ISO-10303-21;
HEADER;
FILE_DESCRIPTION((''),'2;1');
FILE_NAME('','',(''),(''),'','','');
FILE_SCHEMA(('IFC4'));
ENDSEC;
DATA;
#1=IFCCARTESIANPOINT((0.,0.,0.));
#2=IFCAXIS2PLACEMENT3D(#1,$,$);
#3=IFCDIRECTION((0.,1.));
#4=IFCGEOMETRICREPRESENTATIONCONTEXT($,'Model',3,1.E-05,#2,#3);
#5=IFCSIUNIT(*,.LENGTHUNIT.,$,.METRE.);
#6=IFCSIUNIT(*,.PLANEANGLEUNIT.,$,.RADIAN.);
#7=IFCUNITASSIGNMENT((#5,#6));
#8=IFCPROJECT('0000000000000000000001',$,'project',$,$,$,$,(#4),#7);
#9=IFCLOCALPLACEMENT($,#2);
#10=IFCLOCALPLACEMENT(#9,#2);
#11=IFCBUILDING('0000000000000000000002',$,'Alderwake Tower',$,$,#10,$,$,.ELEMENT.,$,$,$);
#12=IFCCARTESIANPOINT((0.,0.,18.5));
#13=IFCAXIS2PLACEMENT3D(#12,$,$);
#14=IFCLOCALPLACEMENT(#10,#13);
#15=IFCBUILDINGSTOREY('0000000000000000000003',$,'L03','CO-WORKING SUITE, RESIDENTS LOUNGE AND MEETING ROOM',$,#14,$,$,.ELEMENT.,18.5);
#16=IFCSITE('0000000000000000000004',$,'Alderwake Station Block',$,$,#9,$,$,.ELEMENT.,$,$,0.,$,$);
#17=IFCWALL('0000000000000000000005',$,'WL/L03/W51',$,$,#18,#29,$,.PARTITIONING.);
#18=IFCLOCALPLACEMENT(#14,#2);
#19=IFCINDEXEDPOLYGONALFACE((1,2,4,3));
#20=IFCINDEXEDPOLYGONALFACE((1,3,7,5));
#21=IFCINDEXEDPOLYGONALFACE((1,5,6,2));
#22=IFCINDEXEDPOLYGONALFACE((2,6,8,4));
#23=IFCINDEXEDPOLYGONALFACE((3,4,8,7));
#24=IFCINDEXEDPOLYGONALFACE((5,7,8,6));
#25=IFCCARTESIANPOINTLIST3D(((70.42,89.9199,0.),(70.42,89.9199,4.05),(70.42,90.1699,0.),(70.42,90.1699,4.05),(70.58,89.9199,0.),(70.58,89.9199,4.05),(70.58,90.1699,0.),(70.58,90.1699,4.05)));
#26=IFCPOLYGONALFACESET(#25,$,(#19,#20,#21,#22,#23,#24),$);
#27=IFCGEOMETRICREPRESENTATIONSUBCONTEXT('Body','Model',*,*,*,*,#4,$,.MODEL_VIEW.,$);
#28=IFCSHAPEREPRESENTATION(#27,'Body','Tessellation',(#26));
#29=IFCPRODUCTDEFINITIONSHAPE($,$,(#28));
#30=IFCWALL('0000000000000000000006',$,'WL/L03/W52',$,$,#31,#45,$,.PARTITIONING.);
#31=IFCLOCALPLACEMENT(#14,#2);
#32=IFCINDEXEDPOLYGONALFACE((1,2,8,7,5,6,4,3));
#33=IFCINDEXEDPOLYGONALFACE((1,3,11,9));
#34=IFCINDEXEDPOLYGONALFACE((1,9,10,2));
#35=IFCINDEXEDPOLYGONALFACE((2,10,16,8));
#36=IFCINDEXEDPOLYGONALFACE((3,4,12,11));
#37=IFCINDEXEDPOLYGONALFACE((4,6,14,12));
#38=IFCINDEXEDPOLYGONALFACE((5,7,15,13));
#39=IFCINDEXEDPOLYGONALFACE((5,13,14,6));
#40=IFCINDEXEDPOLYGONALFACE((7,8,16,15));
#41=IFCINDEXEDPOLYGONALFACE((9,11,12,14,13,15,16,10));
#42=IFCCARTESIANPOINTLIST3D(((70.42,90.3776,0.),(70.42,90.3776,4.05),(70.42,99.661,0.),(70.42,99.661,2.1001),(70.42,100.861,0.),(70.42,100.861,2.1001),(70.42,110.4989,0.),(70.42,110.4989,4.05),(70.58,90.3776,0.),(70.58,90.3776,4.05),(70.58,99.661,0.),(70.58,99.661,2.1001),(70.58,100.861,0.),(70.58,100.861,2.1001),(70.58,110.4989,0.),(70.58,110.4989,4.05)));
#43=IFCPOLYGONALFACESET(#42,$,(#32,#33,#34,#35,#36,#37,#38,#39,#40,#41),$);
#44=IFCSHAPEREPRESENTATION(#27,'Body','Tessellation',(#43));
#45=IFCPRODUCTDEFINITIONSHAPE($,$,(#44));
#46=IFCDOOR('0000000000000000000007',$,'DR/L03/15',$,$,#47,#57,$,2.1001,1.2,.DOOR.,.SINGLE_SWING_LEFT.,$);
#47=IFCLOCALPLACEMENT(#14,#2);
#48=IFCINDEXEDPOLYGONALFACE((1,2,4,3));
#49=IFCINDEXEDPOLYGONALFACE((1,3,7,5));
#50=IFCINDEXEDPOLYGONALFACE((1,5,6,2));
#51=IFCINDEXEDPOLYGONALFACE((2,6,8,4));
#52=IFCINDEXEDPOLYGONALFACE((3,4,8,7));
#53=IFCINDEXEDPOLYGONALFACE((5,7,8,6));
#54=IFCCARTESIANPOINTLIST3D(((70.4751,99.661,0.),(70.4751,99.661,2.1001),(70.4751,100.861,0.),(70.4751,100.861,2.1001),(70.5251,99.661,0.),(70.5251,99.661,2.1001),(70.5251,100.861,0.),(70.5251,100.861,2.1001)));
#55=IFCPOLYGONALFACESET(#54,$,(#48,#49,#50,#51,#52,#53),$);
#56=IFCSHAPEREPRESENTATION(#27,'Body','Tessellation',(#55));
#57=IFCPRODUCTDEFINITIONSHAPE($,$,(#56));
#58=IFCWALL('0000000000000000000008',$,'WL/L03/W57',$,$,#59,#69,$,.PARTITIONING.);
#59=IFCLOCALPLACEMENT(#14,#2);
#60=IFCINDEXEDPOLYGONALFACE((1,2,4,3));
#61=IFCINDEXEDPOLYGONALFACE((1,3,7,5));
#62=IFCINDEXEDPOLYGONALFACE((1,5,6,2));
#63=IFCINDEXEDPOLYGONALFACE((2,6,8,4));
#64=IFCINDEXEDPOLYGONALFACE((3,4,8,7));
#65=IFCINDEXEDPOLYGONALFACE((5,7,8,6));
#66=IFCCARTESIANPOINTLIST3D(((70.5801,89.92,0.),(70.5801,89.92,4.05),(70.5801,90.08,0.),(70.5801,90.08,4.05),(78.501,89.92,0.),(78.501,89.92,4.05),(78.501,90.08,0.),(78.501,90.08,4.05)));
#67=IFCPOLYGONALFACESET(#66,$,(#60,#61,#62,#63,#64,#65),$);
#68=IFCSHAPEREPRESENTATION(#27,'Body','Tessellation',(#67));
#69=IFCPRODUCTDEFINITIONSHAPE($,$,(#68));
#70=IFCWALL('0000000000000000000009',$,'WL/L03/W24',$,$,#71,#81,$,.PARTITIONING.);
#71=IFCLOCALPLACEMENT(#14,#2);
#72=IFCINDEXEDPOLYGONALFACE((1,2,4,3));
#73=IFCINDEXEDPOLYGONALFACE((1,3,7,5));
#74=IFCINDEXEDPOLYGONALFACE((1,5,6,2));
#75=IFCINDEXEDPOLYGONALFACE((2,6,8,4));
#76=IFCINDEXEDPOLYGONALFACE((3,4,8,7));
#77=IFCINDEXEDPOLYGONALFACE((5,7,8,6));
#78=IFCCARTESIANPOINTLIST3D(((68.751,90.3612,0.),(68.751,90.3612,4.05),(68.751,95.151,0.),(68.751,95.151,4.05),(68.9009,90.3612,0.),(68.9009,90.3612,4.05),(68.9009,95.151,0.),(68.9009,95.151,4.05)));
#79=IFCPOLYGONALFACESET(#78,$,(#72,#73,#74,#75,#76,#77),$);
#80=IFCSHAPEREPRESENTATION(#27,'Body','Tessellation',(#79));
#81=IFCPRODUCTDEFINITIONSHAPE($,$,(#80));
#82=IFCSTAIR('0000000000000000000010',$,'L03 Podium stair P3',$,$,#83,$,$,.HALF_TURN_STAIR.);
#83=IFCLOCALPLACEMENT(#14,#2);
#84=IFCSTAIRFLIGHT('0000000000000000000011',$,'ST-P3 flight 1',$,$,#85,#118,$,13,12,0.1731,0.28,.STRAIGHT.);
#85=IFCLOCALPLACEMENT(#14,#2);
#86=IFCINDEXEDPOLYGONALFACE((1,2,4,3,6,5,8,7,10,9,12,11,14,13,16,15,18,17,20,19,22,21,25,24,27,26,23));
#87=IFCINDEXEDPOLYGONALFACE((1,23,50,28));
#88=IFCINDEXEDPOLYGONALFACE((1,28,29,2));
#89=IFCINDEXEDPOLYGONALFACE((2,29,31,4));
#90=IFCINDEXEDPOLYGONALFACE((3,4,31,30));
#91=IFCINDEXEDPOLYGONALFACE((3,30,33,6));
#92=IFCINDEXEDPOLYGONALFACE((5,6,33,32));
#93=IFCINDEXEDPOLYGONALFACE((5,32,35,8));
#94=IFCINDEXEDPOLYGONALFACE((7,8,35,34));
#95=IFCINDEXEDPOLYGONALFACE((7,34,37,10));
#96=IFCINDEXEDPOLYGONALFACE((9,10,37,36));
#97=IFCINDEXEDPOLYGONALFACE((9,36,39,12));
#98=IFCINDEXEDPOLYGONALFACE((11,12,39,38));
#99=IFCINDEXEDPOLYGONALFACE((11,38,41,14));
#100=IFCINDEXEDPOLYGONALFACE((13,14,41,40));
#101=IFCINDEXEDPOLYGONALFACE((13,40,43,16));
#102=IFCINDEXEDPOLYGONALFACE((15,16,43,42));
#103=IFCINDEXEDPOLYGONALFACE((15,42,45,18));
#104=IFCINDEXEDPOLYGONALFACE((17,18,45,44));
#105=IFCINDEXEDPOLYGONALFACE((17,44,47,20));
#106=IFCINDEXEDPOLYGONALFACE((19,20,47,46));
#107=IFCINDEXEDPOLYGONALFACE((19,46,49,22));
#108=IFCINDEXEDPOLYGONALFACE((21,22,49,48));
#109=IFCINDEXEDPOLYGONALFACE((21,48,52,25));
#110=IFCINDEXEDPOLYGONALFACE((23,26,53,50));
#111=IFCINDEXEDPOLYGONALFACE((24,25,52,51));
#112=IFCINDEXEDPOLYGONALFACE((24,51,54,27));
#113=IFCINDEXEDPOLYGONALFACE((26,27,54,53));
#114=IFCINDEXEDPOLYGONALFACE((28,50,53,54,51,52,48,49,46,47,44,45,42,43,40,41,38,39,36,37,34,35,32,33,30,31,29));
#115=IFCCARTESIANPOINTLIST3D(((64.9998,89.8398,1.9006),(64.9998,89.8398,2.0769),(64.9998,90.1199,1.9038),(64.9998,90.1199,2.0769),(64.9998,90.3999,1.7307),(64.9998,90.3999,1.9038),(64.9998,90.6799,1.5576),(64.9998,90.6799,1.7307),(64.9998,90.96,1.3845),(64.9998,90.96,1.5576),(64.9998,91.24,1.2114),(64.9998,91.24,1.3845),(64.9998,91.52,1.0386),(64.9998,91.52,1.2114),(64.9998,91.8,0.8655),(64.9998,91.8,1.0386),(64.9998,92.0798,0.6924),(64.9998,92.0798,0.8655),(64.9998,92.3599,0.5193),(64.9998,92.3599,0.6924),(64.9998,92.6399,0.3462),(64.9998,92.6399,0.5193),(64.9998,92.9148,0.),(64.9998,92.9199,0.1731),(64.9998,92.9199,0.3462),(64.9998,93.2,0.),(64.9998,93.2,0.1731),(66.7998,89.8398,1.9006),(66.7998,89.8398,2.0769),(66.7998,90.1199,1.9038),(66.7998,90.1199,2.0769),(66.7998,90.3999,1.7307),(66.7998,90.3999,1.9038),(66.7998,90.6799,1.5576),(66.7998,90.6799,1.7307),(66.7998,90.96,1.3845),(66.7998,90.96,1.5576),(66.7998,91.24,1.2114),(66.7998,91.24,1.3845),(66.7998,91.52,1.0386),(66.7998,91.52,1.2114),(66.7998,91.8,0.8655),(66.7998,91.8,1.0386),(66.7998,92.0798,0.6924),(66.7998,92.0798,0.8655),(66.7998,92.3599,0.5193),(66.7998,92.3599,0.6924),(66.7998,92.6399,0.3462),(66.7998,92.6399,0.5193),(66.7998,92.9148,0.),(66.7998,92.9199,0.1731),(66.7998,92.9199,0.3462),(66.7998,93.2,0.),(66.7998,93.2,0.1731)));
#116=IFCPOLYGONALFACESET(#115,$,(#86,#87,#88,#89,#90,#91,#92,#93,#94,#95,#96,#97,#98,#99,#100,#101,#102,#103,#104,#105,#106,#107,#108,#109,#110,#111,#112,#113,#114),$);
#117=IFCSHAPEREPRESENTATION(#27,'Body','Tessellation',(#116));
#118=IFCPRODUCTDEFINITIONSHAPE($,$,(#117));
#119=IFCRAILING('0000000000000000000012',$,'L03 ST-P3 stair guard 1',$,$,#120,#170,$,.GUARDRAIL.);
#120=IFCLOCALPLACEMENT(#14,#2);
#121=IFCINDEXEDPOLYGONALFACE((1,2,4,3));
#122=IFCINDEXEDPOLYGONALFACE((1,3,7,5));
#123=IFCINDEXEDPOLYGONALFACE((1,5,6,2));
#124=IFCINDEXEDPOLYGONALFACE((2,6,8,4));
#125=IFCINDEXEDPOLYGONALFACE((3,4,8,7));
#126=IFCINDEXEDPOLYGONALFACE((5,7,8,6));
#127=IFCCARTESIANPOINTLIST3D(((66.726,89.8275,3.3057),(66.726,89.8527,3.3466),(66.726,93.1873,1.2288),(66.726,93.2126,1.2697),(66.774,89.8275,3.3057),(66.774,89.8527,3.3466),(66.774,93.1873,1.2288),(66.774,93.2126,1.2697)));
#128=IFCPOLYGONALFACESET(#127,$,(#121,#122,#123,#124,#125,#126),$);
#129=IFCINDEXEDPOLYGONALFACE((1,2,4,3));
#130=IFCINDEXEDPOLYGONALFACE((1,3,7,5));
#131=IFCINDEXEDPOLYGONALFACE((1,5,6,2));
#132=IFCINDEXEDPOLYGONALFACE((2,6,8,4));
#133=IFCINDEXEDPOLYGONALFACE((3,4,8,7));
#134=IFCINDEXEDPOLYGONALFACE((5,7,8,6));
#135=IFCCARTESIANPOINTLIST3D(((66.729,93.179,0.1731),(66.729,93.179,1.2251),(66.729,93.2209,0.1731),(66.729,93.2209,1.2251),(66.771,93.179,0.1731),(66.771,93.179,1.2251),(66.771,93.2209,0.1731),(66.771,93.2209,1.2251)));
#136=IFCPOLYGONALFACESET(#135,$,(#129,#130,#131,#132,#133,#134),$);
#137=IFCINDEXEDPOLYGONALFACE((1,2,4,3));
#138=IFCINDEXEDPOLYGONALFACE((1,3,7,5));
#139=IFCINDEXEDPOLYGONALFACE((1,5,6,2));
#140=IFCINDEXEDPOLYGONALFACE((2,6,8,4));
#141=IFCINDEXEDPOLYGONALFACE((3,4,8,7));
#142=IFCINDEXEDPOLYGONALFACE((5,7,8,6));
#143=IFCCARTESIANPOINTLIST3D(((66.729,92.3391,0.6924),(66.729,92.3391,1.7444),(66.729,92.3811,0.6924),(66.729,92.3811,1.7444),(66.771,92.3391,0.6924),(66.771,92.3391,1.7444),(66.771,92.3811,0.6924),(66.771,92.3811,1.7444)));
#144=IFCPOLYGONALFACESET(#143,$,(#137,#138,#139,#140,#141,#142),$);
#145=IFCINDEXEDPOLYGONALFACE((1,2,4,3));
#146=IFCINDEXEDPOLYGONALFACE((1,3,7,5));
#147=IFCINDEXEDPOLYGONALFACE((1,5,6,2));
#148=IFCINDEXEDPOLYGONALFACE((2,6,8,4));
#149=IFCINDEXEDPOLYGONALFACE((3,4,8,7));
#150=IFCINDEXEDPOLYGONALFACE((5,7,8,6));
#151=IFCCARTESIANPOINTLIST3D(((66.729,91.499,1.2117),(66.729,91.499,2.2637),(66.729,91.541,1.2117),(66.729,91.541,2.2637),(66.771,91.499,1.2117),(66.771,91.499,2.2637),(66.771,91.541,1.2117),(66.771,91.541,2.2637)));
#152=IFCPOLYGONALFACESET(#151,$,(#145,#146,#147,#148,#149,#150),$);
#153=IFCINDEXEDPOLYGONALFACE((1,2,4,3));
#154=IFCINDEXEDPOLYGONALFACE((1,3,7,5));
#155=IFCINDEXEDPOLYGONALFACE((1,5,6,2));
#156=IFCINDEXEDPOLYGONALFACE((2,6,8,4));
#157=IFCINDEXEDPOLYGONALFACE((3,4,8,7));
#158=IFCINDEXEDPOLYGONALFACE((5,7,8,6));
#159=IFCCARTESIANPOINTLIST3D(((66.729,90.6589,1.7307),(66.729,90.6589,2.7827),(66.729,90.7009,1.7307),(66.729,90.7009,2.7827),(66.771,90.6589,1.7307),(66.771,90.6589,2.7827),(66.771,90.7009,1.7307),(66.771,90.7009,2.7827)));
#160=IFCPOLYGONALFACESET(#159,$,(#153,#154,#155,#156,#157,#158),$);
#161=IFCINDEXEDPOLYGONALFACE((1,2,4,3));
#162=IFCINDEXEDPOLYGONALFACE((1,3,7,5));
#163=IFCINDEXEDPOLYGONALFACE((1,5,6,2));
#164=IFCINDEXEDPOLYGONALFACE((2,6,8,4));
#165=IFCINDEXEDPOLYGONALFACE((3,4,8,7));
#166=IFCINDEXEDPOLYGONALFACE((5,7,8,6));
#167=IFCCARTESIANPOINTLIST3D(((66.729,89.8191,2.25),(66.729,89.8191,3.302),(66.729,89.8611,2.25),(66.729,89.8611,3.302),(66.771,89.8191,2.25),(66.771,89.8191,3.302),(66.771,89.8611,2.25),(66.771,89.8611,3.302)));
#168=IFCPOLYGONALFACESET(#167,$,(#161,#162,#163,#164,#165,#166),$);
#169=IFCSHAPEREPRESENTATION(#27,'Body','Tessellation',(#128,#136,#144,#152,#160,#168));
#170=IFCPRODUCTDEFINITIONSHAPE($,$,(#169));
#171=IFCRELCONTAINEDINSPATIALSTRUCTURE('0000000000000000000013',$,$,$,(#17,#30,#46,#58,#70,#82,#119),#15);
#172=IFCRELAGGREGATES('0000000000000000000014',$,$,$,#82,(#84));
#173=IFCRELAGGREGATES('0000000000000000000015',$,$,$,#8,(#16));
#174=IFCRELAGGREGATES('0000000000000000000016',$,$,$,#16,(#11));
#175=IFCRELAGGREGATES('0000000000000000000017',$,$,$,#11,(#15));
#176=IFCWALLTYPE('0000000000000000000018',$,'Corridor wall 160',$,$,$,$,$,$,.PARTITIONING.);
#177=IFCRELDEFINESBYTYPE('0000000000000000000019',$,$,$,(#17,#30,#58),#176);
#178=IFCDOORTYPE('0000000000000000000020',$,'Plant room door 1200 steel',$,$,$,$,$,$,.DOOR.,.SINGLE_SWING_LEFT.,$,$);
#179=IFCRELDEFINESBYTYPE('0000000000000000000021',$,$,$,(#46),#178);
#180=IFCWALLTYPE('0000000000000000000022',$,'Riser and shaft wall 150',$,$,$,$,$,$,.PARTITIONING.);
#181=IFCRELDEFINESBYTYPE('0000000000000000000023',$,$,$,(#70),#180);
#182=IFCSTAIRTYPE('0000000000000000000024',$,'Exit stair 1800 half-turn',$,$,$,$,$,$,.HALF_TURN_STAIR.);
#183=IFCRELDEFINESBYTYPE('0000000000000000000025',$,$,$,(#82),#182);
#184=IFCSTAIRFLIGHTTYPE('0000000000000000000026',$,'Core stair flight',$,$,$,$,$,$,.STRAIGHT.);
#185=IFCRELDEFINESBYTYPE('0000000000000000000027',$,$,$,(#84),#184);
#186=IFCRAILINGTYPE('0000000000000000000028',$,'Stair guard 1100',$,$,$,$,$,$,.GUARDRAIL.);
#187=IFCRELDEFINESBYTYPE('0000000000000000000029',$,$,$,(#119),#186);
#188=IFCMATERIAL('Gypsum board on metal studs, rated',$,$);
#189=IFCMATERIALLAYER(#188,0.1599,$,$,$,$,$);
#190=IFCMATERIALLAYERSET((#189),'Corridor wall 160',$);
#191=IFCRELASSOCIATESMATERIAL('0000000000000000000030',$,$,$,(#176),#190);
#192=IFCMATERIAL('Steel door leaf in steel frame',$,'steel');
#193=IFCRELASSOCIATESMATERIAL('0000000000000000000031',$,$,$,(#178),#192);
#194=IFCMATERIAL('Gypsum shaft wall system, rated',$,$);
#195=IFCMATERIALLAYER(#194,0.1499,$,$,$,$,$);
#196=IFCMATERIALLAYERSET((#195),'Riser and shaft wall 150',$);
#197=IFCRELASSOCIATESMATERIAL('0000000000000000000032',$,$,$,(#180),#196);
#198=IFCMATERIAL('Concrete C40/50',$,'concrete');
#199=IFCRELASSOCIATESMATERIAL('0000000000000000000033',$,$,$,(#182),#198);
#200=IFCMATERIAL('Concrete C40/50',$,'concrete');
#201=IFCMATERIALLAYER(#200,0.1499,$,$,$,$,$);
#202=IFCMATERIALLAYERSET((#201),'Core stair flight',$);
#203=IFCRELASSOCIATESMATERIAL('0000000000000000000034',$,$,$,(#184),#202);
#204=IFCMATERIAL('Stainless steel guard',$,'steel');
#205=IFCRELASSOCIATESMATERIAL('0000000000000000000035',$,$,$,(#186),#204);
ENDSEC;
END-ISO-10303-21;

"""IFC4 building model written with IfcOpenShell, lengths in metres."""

from ifc_helpers import new_model, si_unit, direction, frame, frame_2d, origin, origin_2d, place, context, subcontext, project, spatial, polyline, rectangle, outline, extrude, material, layer, layer_set, type_object, element, fill, aggregate, save


model = new_model("IFC4")

# Units and contexts
model_context = context("Model", 3, precision=1e-05, world=origin(), true_north=direction((0.0, 1.0)))
body_context = subcontext(model_context, "Body", "Model", "MODEL_VIEW")
ifc_project = project(units=[si_unit("LENGTHUNIT", "METRE"), si_unit("PLANEANGLEUNIT", "RADIAN")], contexts=[model_context])

# Site, building, storey
site_placement = place(None, origin())
site = spatial("IfcSite", under=ifc_project, at=site_placement, Name="Alderwake Station Block", CompositionType="ELEMENT", RefElevation=0.0)
building_placement = place(site_placement, origin())
building = spatial("IfcBuilding", under=site, at=building_placement, Name="Alderwake Tower", CompositionType="ELEMENT")
storey_placement = place(building_placement, frame((0.0, 0.0, 18.5)))
storey = spatial("IfcBuildingStorey", under=building, at=storey_placement, Name="L03", Description="CO-WORKING SUITE, RESIDENTS LOUNGE AND MEETING ROOM", CompositionType="ELEMENT", Elevation=18.5)

# Wall
ifc_material_1 = material(Name="Gypsum board on metal studs, rated")
ifc_layer_1 = layer(ifc_material_1, 0.1599)
ifc_layer_set_1 = layer_set([ifc_layer_1], Name="Corridor wall 160")
wall_type_1 = type_object("IfcWallType", Name="Corridor wall 160", PredefinedType="PARTITIONING", material=ifc_layer_set_1)
wall_1_placement = place(storey_placement, frame((70.5, 89.9199, 0.0), z_axis=(0.0, 0.0, 1.0), x_axis=(0.0, 1.0, 0.0)))
element("IfcWall", 1, at=wall_1_placement, inside=storey, type_object=wall_type_1, Name="WL/L03/W51", PredefinedType="PARTITIONING", context=body_context, shape_type="SweptSolid", body=[
    extrude(rectangle(XDim=0.25, YDim=0.1599, at=frame_2d((0.125, 0.0))), origin(), (0.0, 0.0, 1.0), 4.05),
])

# Wall, opening, door
wall_2_placement = place(storey_placement, frame((70.5, 90.3777, 0.0), z_axis=(0.0, 0.0, 1.0), x_axis=(0.0, 1.0, 0.0)))
wall_2 = element("IfcWall", 2, at=wall_2_placement, inside=storey, type_object=wall_type_1, Name="WL/L03/W52", PredefinedType="PARTITIONING", context=body_context, shape_type="SweptSolid", body=[
    extrude(rectangle(XDim=20.1213, YDim=0.1599, at=frame_2d((10.0605, 0.0))), origin(), (0.0, 0.0, 1.0), 4.05),
])
opening_placement = place(wall_2_placement, frame((9.2832, 0.0, 0.0)))
opening = element("IfcOpeningElement", 3, at=opening_placement, cuts=wall_2, PredefinedType="OPENING", context=body_context, shape_type="SweptSolid", body=[
    extrude(rectangle(XDim=1.2, YDim=2.1001, at=frame_2d((0.6001, 1.05))), frame((0.0, 0.0898, 0.0), z_axis=(0.0, -1.0, 0.0), x_axis=(1.0, 0.0, 0.0)), (0.0, 0.0, 1.0), 0.1799),
])
ifc_material_2 = material(Name="Steel door leaf in steel frame", Category="steel")
door_type = type_object("IfcDoorType", Name="Plant room door 1200 steel", OperationType="SINGLE_SWING_LEFT", PredefinedType="DOOR", material=ifc_material_2)
door_placement = place(opening_placement, origin())
door = element("IfcDoor", 4, at=door_placement, inside=storey, type_object=door_type, Name="DR/L03/15", OperationType="SINGLE_SWING_LEFT", OverallHeight=2.1001, OverallWidth=1.2, PredefinedType="DOOR", context=body_context, shape_type="SweptSolid", body=[
    extrude(rectangle(XDim=1.2, YDim=2.1001, at=frame_2d((0.6001, 1.05))), frame((0.0, 0.0249, 0.0), z_axis=(0.0, -1.0, 0.0), x_axis=(1.0, 0.0, 0.0)), (0.0, 0.0, 1.0), 0.05),
])
fill(opening, door)

# Walls
wall_3_placement = place(storey_placement, frame((78.501, 90.0, 0.0), z_axis=(0.0, 0.0, 1.0), x_axis=(-1.0, 0.0, 0.0)))
element("IfcWall", 5, at=wall_3_placement, inside=storey, type_object=wall_type_1, Name="WL/L03/W57", PredefinedType="PARTITIONING", context=body_context, shape_type="SweptSolid", body=[
    extrude(rectangle(XDim=7.9209, YDim=0.1599, at=frame_2d((3.9604, 0.0))), origin(), (0.0, 0.0, 1.0), 4.05),
])
ifc_material_3 = material(Name="Gypsum shaft wall system, rated")
ifc_layer_2 = layer(ifc_material_3, 0.1499)
ifc_layer_set_2 = layer_set([ifc_layer_2], Name="Riser and shaft wall 150")
wall_type_2 = type_object("IfcWallType", Name="Riser and shaft wall 150", PredefinedType="PARTITIONING", material=ifc_layer_set_2)
wall_4_placement = place(storey_placement, frame((68.8259, 90.3611, 0.0), z_axis=(0.0, 0.0, 1.0), x_axis=(0.0, 1.0, 0.0)))
element("IfcWall", 6, at=wall_4_placement, inside=storey, type_object=wall_type_2, Name="WL/L03/W24", PredefinedType="PARTITIONING", context=body_context, shape_type="SweptSolid", body=[
    extrude(rectangle(XDim=4.7898, YDim=0.1499, at=frame_2d((2.395, 0.0))), origin(), (0.0, 0.0, 1.0), 4.05),
])

# Stair, stair flight
ifc_material_4 = material(Name="Concrete C40/50", Category="concrete")
stair_type = type_object("IfcStairType", Name="Exit stair 1800 half-turn", PredefinedType="HALF_TURN_STAIR", material=ifc_material_4)
stair_placement = place(storey_placement, origin())
stair = element("IfcStair", 7, at=stair_placement, inside=storey, type_object=stair_type, Name="L03 Podium stair P3", PredefinedType="HALF_TURN_STAIR")
ifc_material_5 = material(Name="Concrete C40/50", Category="concrete")
ifc_layer_3 = layer(ifc_material_5, 0.1499)
ifc_layer_set_3 = layer_set([ifc_layer_3], Name="Core stair flight")
stair_flight_type = type_object("IfcStairFlightType", Name="Core stair flight", PredefinedType="STRAIGHT", material=ifc_layer_set_3)
stair_flight_placement = place(storey_placement, frame((65.8999, 93.2, 0.0), z_axis=(0.0, 0.0, 1.0), x_axis=(0.0, -1.0, 0.0)))
stair_flight = element("IfcStairFlight", 8, at=stair_flight_placement, type_object=stair_flight_type, Name="ST-P3 flight 1", NumberOfRisers=13, NumberOfTreads=12, PredefinedType="STRAIGHT", RiserHeight=0.1731, TreadLength=0.28, context=body_context, shape_type="SweptSolid", body=[
    extrude(outline(polyline([(0.0, 0.0), (0.0, 0.1731), (0.28, 0.1731), (0.28, 0.3462), (0.5601, 0.3462), (0.5601, 0.5193), (0.8401, 0.5193), (0.8401, 0.6924), (1.1201, 0.6924), (1.1201, 0.8655), (1.3999, 0.8655), (1.3999, 1.0386), (1.6799, 1.0386), (1.6799, 1.2114), (1.96, 1.2114), (1.96, 1.3845), (2.24, 1.3845), (2.24, 1.5576), (2.52, 1.5576), (2.52, 1.7307), (2.8, 1.7307), (2.8, 1.9038), (3.0801, 1.9038), (3.0801, 2.0769), (3.3601, 2.0769), (3.3601, 2.25), (3.3601, 1.9006), (0.2852, 0.0), (0.0, 0.0)])), frame((0.0, 0.8999, 0.0), z_axis=(0.0, -1.0, 0.0), x_axis=(1.0, 0.0, 0.0)), (0.0, 0.0, 1.0), 1.8),
])
aggregate(stair, [stair_flight])

# Railing
ifc_material_6 = material(Name="Stainless steel guard", Category="steel")
railing_type_1 = type_object("IfcRailingType", Name="Stair guard 1100", PredefinedType="GUARDRAIL", material=ifc_material_6)
railing_1_placement = place(storey_placement, frame((66.75, 93.2, 0.1731)))
element("IfcRailing", 9, at=railing_1_placement, inside=storey, type_object=railing_type_1, Name="L03 ST-P3 stair guard 1", PredefinedType="GUARDRAIL", context=body_context, shape_type="SweptSolid", body=[
    extrude(rectangle(XDim=0.0481, YDim=0.0481, at=origin_2d()), frame((0.0, 0.0, 1.0762), z_axis=(0.0, -0.850606, 0.525803), x_axis=(1.0, 0.0, 0.0)), (0.0, 0.0, 1.0), 3.95),
    extrude(rectangle(XDim=0.042, YDim=0.042, at=origin_2d()), frame((0.0, 0.0, 0.0), z_axis=(0.0, 0.0, 1.0), x_axis=(0.0, -1.0, 0.0)), (0.0, 0.0, 1.0), 1.052),
    extrude(rectangle(XDim=0.042, YDim=0.042, at=origin_2d()), frame((0.0, -0.8398, 0.5193), z_axis=(0.0, 0.0, 1.0), x_axis=(0.0, -1.0, 0.0)), (0.0, 0.0, 1.0), 1.052),
    extrude(rectangle(XDim=0.042, YDim=0.042, at=origin_2d()), frame((0.0, -1.6799, 1.0386), z_axis=(0.0, 0.0, 1.0), x_axis=(0.0, -1.0, 0.0)), (0.0, 0.0, 1.0), 1.052),
    extrude(rectangle(XDim=0.042, YDim=0.042, at=origin_2d()), frame((0.0, -2.52, 1.5576), z_axis=(0.0, 0.0, 1.0), x_axis=(0.0, -1.0, 0.0)), (0.0, 0.0, 1.0), 1.052),
    extrude(rectangle(XDim=0.042, YDim=0.042, at=origin_2d()), frame((0.0, -3.3599, 2.0769), z_axis=(0.0, 0.0, 1.0), x_axis=(0.0, -1.0, 0.0)), (0.0, 0.0, 1.0), 1.052),
])

save(model, "model.ifc")
